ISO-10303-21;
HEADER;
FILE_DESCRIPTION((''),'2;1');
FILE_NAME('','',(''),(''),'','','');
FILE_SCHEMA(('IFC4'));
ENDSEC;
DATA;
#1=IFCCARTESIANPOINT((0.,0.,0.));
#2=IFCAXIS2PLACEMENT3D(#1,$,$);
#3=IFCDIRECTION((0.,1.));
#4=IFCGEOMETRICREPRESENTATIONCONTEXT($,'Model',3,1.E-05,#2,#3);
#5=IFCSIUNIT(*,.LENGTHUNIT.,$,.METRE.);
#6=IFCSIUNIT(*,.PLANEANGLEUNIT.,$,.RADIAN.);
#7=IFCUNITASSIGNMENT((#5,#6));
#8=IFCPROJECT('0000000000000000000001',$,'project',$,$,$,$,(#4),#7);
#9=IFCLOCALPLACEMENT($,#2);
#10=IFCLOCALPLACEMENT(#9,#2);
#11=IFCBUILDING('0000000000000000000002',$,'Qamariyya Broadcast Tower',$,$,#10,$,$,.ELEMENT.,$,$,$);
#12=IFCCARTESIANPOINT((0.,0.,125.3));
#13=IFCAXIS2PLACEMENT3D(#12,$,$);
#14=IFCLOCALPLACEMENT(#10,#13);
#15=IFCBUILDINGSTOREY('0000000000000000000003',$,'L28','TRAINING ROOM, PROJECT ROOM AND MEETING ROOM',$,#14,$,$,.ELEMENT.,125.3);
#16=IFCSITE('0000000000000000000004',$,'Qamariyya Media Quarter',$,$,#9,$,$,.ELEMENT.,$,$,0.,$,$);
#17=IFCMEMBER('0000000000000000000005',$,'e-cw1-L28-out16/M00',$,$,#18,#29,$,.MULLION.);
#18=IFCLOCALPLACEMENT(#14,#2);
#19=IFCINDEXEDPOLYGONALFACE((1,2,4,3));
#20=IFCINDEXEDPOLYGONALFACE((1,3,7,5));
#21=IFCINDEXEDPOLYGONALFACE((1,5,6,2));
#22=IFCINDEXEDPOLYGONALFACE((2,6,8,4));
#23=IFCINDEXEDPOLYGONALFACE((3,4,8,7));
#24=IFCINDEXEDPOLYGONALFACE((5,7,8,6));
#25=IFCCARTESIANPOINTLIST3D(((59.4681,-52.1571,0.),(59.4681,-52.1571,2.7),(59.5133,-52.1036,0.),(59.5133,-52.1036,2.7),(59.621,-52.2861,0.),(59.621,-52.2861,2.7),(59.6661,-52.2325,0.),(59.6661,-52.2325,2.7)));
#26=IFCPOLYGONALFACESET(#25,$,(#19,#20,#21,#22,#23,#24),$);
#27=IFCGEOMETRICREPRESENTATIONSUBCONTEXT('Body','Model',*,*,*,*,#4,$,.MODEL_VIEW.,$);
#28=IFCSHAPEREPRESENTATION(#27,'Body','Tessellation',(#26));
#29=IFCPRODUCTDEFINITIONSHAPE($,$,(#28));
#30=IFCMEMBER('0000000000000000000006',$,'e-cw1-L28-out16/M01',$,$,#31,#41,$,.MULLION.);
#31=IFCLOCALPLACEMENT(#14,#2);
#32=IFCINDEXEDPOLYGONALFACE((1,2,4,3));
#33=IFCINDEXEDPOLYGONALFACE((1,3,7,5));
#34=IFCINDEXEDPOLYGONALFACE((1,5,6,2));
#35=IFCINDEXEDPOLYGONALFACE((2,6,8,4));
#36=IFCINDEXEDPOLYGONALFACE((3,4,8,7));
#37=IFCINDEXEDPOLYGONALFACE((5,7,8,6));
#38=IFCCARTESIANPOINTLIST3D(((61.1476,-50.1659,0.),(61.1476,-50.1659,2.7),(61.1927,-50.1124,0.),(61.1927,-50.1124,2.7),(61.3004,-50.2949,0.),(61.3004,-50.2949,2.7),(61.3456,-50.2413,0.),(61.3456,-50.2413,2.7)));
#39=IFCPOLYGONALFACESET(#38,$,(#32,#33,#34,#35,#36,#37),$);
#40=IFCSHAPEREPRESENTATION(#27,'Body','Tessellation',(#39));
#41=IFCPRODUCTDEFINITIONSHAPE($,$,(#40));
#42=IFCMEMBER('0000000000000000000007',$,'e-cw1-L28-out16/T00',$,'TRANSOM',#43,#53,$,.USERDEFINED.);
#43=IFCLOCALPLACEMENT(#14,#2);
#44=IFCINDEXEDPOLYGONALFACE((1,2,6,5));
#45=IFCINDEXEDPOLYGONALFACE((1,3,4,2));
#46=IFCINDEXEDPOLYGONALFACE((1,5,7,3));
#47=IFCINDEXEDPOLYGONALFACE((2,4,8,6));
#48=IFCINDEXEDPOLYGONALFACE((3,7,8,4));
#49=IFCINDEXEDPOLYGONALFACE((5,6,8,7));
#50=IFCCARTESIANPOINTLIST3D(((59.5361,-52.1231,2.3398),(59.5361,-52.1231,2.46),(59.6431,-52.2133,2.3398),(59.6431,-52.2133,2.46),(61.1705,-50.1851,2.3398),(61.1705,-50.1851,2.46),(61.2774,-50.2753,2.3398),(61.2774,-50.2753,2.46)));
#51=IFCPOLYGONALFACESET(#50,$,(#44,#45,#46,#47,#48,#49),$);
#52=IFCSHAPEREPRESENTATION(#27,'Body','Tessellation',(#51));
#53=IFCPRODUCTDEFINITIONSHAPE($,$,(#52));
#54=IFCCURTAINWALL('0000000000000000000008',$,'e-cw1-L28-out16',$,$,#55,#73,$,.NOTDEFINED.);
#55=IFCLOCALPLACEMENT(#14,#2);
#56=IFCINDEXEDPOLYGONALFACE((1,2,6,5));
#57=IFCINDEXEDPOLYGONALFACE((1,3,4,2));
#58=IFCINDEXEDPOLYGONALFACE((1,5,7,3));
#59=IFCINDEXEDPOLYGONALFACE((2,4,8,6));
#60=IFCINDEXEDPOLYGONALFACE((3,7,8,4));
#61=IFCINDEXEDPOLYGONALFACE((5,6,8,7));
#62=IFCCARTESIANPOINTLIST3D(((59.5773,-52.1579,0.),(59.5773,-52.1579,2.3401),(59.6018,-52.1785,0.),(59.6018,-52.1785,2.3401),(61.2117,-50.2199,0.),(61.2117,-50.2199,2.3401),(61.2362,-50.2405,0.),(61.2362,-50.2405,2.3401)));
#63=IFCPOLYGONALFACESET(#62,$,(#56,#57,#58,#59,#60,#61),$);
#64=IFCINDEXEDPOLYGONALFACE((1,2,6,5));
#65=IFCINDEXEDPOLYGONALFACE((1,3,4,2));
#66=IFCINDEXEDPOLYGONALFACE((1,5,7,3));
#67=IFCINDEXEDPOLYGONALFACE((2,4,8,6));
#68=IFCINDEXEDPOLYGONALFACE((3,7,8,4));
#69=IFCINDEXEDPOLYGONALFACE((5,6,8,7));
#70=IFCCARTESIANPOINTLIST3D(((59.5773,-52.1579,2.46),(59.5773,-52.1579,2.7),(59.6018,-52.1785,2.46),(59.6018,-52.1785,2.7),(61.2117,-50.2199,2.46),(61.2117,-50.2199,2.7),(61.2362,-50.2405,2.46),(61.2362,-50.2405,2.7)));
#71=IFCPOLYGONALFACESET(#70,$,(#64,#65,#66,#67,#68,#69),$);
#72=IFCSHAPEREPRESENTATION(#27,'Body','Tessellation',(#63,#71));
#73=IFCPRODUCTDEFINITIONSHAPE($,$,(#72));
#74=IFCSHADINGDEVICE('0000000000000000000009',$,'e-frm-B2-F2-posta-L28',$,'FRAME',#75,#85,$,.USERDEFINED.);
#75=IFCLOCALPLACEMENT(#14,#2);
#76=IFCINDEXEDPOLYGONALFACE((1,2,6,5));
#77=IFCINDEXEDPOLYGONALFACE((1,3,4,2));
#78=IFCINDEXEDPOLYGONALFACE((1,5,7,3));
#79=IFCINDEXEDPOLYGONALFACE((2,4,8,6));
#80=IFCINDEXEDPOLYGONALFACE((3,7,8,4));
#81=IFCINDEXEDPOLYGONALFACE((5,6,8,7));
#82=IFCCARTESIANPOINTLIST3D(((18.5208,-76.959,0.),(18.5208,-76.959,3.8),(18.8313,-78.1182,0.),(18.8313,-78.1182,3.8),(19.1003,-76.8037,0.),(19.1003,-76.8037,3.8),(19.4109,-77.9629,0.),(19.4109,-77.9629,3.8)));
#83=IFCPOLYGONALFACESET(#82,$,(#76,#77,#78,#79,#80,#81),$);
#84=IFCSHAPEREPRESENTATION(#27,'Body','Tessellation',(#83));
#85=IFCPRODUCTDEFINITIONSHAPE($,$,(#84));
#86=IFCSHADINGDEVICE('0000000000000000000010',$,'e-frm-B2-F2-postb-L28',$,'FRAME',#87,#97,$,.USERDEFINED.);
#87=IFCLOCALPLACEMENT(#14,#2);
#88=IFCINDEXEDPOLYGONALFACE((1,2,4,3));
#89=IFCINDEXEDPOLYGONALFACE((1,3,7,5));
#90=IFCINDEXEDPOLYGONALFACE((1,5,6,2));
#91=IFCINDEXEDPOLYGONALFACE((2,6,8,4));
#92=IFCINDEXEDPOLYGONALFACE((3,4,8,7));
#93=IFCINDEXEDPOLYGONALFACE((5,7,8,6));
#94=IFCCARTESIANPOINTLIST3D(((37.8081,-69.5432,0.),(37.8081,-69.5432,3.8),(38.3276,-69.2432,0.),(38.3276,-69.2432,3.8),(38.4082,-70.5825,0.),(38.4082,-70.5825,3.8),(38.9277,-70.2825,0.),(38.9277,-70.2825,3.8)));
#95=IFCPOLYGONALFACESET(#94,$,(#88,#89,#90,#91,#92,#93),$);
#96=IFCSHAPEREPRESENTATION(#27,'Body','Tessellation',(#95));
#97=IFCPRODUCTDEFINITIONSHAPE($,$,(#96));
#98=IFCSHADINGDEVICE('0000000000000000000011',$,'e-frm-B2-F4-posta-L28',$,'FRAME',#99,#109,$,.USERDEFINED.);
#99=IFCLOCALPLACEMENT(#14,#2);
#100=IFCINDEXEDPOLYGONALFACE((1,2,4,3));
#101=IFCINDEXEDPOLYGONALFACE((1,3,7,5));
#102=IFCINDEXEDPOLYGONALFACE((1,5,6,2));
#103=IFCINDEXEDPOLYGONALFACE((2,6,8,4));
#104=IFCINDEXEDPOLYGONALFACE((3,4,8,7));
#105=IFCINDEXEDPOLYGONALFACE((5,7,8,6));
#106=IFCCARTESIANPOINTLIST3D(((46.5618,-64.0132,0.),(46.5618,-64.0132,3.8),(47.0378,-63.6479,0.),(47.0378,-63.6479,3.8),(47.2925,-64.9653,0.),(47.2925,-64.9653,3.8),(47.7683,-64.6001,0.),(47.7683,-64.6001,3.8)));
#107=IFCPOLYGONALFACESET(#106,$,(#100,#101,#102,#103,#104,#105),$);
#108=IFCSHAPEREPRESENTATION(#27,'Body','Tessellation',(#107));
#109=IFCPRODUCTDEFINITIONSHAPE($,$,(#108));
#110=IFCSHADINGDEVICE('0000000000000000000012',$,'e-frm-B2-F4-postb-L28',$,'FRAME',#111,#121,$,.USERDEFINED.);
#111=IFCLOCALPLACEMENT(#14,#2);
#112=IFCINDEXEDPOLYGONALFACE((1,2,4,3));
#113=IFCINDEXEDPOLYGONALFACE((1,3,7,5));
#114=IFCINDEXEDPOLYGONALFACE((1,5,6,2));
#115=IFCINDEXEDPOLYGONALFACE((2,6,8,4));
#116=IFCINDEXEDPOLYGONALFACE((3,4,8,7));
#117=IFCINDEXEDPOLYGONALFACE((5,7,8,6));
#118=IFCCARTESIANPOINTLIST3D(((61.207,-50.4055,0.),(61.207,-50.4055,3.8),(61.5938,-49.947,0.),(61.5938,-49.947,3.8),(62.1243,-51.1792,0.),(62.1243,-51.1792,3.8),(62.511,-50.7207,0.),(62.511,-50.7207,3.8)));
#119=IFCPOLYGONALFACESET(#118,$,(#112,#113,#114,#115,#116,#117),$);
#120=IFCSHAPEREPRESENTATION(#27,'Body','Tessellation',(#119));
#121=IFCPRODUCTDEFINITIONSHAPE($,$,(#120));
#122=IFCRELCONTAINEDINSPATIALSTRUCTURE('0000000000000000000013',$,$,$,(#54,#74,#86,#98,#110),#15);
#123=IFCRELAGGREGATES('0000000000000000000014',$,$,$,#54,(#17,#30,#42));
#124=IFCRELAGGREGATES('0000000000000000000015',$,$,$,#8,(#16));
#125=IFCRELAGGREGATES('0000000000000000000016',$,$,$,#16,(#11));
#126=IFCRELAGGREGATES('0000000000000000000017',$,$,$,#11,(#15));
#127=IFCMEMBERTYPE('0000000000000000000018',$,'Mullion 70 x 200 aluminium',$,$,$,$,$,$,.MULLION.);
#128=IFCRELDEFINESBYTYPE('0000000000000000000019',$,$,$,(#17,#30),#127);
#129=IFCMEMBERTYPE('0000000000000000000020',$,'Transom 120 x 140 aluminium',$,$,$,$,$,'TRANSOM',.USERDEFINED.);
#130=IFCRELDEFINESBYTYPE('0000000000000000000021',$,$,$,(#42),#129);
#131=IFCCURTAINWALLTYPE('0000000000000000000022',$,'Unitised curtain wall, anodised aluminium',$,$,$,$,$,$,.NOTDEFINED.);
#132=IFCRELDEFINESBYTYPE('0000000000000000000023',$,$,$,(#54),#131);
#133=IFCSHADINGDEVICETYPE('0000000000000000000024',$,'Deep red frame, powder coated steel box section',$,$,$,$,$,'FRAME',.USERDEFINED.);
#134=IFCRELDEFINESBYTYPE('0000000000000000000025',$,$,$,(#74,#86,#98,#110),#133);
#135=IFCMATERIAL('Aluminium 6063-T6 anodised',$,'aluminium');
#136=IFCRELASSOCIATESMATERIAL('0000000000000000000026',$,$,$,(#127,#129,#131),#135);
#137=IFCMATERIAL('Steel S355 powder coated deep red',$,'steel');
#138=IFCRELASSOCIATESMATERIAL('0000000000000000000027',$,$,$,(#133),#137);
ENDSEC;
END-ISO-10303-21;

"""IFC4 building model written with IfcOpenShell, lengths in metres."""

from ifc_helpers import new_model, si_unit, direction, frame, origin, origin_2d, place, context, subcontext, project, spatial, polyline, rectangle, outline, extrude, material, material_profile, profile_set, type_object, element, aggregate, save


model = new_model("IFC4")

# Units and contexts
model_context = context("Model", 3, precision=1e-05, world=origin(), true_north=direction((0.0, 1.0)))
body_context = subcontext(model_context, "Body", "Model", "MODEL_VIEW")
ifc_project = project(units=[si_unit("LENGTHUNIT", "METRE"), si_unit("PLANEANGLEUNIT", "RADIAN")], contexts=[model_context])

# Members
ifc_material_1 = material(Name="Aluminium 6063-T6 anodised", Category="aluminium")
ifc_material_profile_1 = material_profile(ifc_material_1, rectangle(XDim=0.2, YDim=0.0701, at=origin_2d()))
ifc_profile_set_1 = profile_set([ifc_material_profile_1], Name="Aluminium 6063-T6 anodised")
member_type_1 = type_object("IfcMemberType", Name="Mullion 70 x 200 aluminium", PredefinedType="MULLION", material=ifc_profile_set_1)
site_placement = place(None, origin())
building_placement = place(site_placement, origin())
storey_placement = place(building_placement, frame((0.0, 0.0, 125.3)))
member_1_placement = place(storey_placement, frame((59.5671, -52.1948, 0.0), z_axis=(0.0, 0.0, 1.0), x_axis=(-0.764421, 0.644717, 0.0)))
member_1 = element("IfcMember", 1, at=member_1_placement, type_object=member_type_1, Name="e-cw1-L28-out16/M00", PredefinedType="MULLION", context=body_context, shape_type="SweptSolid", body=[
    extrude(rectangle(XDim=0.2, YDim=0.0701, at=origin_2d()), origin(), (0.0, 0.0, 1.0), 2.7),
])
member_2_placement = place(storey_placement, frame((61.2466, -50.2036, 0.0), z_axis=(0.0, 0.0, 1.0), x_axis=(-0.764421, 0.644717, 0.0)))
member_2 = element("IfcMember", 2, at=member_2_placement, type_object=member_type_1, Name="e-cw1-L28-out16/M01", PredefinedType="MULLION", context=body_context, shape_type="SweptSolid", body=[
    extrude(rectangle(XDim=0.2, YDim=0.0701, at=origin_2d()), origin(), (0.0, 0.0, 1.0), 2.7),
])
ifc_material_profile_2 = material_profile(ifc_material_1, rectangle(XDim=0.1399, YDim=0.1201, at=origin_2d()))
ifc_profile_set_2 = profile_set([ifc_material_profile_2], Name="Aluminium 6063-T6 anodised")
member_type_2 = type_object("IfcMemberType", Name="Transom 120 x 140 aluminium", ElementType="TRANSOM", PredefinedType="USERDEFINED", material=ifc_profile_set_2)
member_3_placement = place(storey_placement, frame((59.5896, -52.1682, 2.3999), z_axis=(0.644663, 0.764466, 0.0), x_axis=(-0.764466, 0.644663, 0.0)))
member_3 = element("IfcMember", 3, at=member_3_placement, type_object=member_type_2, Name="e-cw1-L28-out16/T00", ObjectType="TRANSOM", PredefinedType="USERDEFINED", context=body_context, shape_type="SweptSolid", body=[
    extrude(rectangle(XDim=0.1399, YDim=0.1201, at=origin_2d()), origin(), (0.0, 0.0, 1.0), 2.5352),
])

# Site, building, storey
site = spatial("IfcSite", under=ifc_project, at=site_placement, Name="Qamariyya Media Quarter", CompositionType="ELEMENT", RefElevation=0.0)
building = spatial("IfcBuilding", under=site, at=building_placement, Name="Qamariyya Broadcast Tower", CompositionType="ELEMENT")
storey = spatial("IfcBuildingStorey", under=building, at=storey_placement, Name="L28", Description="TRAINING ROOM, PROJECT ROOM AND MEETING ROOM", CompositionType="ELEMENT", Elevation=125.3)

# Curtain wall
curtain_wall_type = type_object("IfcCurtainWallType", Name="Unitised curtain wall, anodised aluminium", PredefinedType="NOTDEFINED", material=ifc_material_1)
curtain_wall_placement = place(storey_placement, origin())
curtain_wall = element("IfcCurtainWall", 4, at=curtain_wall_placement, inside=storey, type_object=curtain_wall_type, Name="e-cw1-L28-out16", PredefinedType="NOTDEFINED", context=body_context, shape_type="SweptSolid", body=[
    extrude(rectangle(XDim=2.5352, YDim=0.032, at=origin_2d()), frame((60.4067, -51.1992, 0.0), x_axis=(0.644698, 0.764438, 0.0)), (0.0, 0.0, 1.0), 2.3401),
    extrude(rectangle(XDim=2.5352, YDim=0.032, at=origin_2d()), frame((60.4067, -51.1992, 2.46), x_axis=(0.644698, 0.764438, 0.0)), (0.0, 0.0, 1.0), 0.24),
])
aggregate(curtain_wall, [member_1, member_2, member_3])

# Shading devices
ifc_material_2 = material(Name="Steel S355 powder coated deep red", Category="steel")
shading_device_type = type_object("IfcShadingDeviceType", Name="Deep red frame, powder coated steel box section", ElementType="FRAME", PredefinedType="USERDEFINED", material=ifc_material_2)
shading_device_1_placement = place(storey_placement, origin())
element("IfcShadingDevice", 5, at=shading_device_1_placement, inside=storey, type_object=shading_device_type, Name="e-frm-B2-F2-posta-L28", ObjectType="FRAME", PredefinedType="USERDEFINED", context=body_context, shape_type="SweptSolid", body=[
    extrude(outline(polyline([(18.5208, -76.959), (18.8313, -78.1182), (19.4109, -77.9629), (19.1003, -76.8037), (18.5208, -76.959)])), origin(), (0.0, 0.0, 1.0), 3.8),
])
shading_device_2_placement = place(storey_placement, origin())
element("IfcShadingDevice", 6, at=shading_device_2_placement, inside=storey, type_object=shading_device_type, Name="e-frm-B2-F2-postb-L28", ObjectType="FRAME", PredefinedType="USERDEFINED", context=body_context, shape_type="SweptSolid", body=[
    extrude(outline(polyline([(37.8081, -69.5432), (38.4082, -70.5825), (38.9277, -70.2825), (38.3276, -69.2432), (37.8081, -69.5432)])), origin(), (0.0, 0.0, 1.0), 3.8),
])
shading_device_3_placement = place(storey_placement, origin())
element("IfcShadingDevice", 7, at=shading_device_3_placement, inside=storey, type_object=shading_device_type, Name="e-frm-B2-F4-posta-L28", ObjectType="FRAME", PredefinedType="USERDEFINED", context=body_context, shape_type="SweptSolid", body=[
    extrude(outline(polyline([(46.5618, -64.0132), (47.2925, -64.9653), (47.7683, -64.6001), (47.0378, -63.6479), (46.5618, -64.0132)])), origin(), (0.0, 0.0, 1.0), 3.8),
])
shading_device_4_placement = place(storey_placement, origin())
element("IfcShadingDevice", 8, at=shading_device_4_placement, inside=storey, type_object=shading_device_type, Name="e-frm-B2-F4-postb-L28", ObjectType="FRAME", PredefinedType="USERDEFINED", context=body_context, shape_type="SweptSolid", body=[
    extrude(outline(polyline([(61.207, -50.4055), (62.1243, -51.1792), (62.511, -50.7207), (61.5938, -49.947), (61.207, -50.4055)])), origin(), (0.0, 0.0, 1.0), 3.8),
])

save(model, "model.ifc")
